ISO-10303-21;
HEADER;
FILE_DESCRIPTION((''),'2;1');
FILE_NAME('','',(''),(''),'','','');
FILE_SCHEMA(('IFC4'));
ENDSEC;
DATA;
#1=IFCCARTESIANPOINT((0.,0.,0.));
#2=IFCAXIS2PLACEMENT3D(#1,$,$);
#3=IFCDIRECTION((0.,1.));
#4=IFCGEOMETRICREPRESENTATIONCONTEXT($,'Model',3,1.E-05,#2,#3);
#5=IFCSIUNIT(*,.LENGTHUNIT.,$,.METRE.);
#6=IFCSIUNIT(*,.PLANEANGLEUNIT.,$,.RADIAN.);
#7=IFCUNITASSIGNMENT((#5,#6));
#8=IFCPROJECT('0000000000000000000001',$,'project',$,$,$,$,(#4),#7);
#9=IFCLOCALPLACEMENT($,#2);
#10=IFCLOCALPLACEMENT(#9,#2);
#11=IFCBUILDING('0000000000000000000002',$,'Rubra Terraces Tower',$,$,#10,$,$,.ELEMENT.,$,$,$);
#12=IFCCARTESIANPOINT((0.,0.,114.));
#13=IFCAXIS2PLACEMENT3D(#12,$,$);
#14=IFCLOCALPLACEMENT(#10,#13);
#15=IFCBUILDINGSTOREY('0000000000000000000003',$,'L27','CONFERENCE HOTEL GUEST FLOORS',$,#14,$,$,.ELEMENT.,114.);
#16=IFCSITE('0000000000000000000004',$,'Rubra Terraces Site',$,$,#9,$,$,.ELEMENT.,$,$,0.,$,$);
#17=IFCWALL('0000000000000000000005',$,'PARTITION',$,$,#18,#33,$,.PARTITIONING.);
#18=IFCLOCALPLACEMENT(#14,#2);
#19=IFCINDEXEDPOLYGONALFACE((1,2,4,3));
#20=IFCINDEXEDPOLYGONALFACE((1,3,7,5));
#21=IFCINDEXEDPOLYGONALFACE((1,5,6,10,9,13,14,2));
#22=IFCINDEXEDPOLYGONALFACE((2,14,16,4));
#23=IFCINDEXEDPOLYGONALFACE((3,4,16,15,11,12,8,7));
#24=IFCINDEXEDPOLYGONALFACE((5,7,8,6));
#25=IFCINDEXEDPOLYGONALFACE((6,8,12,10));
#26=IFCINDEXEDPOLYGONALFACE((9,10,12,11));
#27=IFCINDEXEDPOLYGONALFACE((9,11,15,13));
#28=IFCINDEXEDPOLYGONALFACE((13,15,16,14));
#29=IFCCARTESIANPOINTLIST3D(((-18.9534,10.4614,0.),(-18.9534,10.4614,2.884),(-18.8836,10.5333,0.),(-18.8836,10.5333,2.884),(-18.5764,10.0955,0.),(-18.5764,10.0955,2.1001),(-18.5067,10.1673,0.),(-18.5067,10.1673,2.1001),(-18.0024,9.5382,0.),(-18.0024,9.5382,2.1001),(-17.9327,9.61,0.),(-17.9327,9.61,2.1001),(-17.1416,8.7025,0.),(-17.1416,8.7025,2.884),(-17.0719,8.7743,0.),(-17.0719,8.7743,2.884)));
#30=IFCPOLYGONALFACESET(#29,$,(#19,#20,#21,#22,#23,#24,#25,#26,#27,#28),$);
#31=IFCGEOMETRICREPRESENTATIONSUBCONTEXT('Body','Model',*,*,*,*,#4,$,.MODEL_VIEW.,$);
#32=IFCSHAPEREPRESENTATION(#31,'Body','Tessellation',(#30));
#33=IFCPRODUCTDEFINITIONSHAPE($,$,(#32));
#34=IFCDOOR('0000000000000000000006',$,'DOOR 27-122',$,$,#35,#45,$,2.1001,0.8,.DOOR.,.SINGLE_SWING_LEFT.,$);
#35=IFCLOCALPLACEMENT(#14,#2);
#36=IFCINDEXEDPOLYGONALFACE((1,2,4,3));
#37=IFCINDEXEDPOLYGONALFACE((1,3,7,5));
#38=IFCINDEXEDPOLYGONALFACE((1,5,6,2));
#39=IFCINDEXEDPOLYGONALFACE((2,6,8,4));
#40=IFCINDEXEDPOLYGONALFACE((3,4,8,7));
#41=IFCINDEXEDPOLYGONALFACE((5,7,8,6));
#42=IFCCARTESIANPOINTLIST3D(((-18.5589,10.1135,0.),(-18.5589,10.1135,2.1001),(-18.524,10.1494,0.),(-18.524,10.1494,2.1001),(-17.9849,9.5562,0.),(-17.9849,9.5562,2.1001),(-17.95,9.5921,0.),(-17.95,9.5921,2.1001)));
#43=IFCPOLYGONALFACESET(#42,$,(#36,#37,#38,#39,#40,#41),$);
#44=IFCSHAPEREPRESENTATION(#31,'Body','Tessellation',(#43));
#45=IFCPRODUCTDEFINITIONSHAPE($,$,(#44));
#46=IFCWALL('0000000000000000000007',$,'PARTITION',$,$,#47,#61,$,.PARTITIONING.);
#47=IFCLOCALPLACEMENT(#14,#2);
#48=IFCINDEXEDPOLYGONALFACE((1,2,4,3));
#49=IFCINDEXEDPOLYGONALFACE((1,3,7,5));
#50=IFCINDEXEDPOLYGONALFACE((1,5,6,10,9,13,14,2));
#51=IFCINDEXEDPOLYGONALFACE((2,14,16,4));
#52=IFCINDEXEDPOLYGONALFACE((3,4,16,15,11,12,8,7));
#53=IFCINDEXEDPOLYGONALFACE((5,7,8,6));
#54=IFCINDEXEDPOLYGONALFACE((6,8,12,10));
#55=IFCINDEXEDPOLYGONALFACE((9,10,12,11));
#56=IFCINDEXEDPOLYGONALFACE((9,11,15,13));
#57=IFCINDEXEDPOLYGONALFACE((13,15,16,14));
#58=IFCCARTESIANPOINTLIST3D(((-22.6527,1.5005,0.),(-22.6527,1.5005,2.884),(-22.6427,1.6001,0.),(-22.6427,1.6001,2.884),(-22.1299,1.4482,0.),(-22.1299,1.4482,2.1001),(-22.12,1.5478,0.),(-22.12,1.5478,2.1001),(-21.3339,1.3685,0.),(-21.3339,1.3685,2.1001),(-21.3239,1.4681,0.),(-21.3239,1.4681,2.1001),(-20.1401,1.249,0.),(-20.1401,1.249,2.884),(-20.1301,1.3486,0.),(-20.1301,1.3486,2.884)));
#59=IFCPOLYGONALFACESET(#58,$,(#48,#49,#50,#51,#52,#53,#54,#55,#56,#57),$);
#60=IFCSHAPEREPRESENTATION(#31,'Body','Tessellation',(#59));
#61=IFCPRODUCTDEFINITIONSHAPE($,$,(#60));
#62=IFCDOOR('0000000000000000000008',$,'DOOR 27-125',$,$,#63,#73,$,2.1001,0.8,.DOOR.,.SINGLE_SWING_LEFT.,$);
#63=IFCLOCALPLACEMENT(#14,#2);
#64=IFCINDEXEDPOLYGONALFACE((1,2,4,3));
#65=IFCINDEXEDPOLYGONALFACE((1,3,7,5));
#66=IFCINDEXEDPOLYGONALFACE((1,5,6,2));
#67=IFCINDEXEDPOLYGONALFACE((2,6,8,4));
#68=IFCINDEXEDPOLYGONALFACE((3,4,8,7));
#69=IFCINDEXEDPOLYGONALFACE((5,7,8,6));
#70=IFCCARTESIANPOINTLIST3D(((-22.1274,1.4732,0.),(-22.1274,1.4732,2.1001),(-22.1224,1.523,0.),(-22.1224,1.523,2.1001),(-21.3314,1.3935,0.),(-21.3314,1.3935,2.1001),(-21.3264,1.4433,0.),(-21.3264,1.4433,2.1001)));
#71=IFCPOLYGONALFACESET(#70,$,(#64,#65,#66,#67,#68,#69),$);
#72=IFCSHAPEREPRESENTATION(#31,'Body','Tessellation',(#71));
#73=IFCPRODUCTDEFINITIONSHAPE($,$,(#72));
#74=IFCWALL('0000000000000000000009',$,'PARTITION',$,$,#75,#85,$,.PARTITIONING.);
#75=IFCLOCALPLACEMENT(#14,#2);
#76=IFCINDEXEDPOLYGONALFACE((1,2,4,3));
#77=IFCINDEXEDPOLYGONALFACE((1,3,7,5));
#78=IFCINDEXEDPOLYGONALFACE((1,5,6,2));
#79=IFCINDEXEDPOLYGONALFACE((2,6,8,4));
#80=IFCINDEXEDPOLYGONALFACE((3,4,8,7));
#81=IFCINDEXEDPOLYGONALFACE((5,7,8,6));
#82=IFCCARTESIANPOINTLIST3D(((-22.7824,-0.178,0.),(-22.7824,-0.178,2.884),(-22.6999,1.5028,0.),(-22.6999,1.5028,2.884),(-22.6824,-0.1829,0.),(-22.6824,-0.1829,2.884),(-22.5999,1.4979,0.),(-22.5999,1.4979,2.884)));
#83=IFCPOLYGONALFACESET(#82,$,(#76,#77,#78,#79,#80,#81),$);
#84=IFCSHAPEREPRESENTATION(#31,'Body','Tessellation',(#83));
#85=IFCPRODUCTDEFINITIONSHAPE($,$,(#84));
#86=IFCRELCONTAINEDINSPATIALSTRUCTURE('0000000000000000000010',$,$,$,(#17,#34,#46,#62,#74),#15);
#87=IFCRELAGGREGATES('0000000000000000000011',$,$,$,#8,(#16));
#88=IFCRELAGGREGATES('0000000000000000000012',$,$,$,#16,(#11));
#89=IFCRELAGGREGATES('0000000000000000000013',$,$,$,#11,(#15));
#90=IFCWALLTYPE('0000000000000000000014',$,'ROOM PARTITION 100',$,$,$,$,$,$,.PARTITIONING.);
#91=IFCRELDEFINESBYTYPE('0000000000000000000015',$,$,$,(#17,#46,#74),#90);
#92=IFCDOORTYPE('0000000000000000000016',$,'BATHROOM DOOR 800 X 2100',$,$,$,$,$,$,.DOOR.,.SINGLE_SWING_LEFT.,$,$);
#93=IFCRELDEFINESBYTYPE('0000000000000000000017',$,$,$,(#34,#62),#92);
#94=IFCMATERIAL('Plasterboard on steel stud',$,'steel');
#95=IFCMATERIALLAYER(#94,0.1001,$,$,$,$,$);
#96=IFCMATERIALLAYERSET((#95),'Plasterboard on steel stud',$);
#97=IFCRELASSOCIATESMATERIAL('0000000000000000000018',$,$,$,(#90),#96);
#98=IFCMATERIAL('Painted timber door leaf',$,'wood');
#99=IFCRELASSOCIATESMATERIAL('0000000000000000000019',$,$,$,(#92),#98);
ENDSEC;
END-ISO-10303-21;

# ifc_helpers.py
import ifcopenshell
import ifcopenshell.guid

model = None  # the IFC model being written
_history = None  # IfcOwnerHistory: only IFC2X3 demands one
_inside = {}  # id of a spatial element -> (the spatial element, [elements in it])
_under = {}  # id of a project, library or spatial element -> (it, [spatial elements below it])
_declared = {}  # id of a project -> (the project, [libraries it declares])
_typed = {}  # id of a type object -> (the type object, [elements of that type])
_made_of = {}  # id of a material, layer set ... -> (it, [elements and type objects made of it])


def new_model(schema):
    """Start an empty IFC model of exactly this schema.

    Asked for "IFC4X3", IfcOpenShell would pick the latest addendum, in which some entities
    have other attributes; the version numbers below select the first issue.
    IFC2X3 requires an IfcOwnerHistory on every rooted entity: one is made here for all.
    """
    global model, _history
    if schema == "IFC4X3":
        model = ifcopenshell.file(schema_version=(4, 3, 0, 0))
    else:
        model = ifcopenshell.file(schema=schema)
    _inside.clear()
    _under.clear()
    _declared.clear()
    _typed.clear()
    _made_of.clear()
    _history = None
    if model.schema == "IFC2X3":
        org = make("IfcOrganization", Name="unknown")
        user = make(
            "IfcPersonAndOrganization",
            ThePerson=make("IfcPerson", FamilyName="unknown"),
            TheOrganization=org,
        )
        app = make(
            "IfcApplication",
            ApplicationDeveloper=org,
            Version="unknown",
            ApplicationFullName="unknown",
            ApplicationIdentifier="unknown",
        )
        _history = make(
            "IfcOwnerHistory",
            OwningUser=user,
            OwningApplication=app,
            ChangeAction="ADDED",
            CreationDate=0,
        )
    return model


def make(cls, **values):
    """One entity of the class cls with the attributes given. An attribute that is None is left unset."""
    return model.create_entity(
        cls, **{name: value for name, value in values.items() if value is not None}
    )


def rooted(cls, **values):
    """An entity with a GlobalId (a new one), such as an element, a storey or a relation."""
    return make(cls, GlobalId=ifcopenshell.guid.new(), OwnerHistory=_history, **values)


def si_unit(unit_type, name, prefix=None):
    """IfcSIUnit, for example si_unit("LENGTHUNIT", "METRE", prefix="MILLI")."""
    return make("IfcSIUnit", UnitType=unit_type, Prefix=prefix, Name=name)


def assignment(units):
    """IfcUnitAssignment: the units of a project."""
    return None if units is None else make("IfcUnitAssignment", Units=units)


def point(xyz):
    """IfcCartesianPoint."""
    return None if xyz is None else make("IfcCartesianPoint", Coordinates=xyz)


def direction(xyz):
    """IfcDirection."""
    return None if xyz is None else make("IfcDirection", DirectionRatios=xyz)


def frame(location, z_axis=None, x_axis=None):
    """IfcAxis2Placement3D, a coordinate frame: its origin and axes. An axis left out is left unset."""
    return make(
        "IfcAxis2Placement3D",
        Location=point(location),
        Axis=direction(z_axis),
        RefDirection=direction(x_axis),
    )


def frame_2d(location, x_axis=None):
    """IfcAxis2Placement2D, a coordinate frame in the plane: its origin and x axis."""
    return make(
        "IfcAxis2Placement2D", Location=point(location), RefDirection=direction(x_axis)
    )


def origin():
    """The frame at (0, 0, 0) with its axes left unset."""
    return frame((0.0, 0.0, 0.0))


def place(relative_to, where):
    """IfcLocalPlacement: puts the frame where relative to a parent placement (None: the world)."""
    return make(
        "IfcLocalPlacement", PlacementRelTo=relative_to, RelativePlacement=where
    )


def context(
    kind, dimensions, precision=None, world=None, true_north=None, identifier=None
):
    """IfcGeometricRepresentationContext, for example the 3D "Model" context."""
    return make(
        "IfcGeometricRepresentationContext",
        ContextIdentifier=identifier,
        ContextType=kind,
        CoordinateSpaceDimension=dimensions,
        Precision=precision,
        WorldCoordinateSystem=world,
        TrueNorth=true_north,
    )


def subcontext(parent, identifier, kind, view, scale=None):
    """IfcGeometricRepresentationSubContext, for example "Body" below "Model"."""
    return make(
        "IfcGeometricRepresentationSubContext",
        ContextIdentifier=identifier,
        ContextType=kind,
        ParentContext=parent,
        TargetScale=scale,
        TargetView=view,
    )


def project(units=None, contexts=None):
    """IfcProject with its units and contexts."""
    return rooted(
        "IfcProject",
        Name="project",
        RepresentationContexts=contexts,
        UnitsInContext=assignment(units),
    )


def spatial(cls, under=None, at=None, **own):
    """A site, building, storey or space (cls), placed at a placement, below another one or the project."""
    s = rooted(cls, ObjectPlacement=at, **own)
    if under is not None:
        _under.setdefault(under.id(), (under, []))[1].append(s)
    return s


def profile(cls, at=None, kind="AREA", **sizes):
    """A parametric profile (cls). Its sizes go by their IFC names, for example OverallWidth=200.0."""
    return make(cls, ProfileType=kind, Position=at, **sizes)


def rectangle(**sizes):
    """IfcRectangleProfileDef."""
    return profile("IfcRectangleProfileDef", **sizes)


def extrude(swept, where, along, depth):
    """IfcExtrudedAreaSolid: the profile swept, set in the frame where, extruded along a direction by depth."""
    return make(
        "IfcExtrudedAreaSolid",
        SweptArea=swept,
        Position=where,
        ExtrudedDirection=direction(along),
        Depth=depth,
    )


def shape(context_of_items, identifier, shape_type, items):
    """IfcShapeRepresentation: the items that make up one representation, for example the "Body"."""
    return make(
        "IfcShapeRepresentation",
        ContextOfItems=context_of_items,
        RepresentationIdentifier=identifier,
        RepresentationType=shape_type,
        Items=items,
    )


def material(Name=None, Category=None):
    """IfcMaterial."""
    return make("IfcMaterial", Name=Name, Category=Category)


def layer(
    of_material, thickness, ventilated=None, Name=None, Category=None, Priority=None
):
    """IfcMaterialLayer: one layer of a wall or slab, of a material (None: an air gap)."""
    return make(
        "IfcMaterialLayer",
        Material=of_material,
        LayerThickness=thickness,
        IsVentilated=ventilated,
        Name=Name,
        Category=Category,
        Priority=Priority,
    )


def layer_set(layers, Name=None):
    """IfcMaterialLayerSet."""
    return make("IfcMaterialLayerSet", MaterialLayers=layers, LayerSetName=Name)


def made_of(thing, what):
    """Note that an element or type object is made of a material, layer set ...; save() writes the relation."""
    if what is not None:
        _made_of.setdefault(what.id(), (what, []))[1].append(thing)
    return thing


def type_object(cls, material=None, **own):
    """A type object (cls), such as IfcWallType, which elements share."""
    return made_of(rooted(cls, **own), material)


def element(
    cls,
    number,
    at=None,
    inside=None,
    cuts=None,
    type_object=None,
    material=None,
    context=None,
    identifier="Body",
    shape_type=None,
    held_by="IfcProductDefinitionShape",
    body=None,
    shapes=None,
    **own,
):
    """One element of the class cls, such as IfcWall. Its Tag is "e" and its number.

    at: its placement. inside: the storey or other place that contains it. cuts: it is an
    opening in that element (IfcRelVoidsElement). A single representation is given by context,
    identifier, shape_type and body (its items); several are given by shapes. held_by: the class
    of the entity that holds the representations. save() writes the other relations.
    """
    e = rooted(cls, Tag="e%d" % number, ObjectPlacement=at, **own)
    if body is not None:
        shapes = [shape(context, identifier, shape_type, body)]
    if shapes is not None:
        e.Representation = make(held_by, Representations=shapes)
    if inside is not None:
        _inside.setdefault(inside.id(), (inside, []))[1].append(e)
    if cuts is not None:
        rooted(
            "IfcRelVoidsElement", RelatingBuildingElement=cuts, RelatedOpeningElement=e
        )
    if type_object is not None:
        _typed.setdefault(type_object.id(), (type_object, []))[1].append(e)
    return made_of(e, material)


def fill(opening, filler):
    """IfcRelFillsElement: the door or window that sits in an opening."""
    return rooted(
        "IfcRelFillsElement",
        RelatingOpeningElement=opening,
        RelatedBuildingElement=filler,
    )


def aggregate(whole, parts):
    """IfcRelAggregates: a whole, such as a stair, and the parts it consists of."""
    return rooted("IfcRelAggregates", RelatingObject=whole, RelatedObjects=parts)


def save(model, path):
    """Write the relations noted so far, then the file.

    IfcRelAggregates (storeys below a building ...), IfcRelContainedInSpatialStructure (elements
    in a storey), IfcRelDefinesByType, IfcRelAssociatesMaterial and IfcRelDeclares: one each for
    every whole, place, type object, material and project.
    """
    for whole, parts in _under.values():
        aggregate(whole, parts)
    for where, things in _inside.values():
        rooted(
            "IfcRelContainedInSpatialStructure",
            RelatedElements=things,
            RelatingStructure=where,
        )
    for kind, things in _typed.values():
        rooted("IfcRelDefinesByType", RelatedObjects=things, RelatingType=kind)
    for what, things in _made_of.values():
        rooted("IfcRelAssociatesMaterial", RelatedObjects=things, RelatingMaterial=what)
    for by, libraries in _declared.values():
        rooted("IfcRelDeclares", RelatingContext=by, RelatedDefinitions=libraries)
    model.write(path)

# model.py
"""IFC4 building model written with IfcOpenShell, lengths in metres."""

from ifc_helpers import new_model, si_unit, direction, frame, frame_2d, origin, place, context, subcontext, project, spatial, rectangle, extrude, material, layer, layer_set, type_object, element, fill, save


model = new_model("IFC4")

# Units and contexts
model_context = context("Model", 3, precision=1e-05, world=origin(), true_north=direction((0.0, 1.0)))
body_context = subcontext(model_context, "Body", "Model", "MODEL_VIEW")
ifc_project = project(units=[si_unit("LENGTHUNIT", "METRE"), si_unit("PLANEANGLEUNIT", "RADIAN")], contexts=[model_context])

# Site, building, storey
site_placement = place(None, origin())
site = spatial("IfcSite", under=ifc_project, at=site_placement, Name="Rubra Terraces Site", CompositionType="ELEMENT", RefElevation=0.0)
building_placement = place(site_placement, origin())
building = spatial("IfcBuilding", under=site, at=building_placement, Name="Rubra Terraces Tower", CompositionType="ELEMENT")
storey_placement = place(building_placement, frame((0.0, 0.0, 114.0)))
storey = spatial("IfcBuildingStorey", under=building, at=storey_placement, Name="L27", Description="CONFERENCE HOTEL GUEST FLOORS", CompositionType="ELEMENT", Elevation=114.0)

# Walls, openings, doors
ifc_material_1 = material(Name="Plasterboard on steel stud", Category="steel")
ifc_layer_1 = layer(ifc_material_1, 0.1001)
ifc_layer_set_1 = layer_set([ifc_layer_1], Name="Plasterboard on steel stud")
wall_type_1 = type_object("IfcWallType", Name="ROOM PARTITION 100", PredefinedType="PARTITIONING", material=ifc_layer_set_1)
wall_1_placement = place(storey_placement, frame((-17.1067, 8.7383, 0.0), z_axis=(0.0, 0.0, 1.0), x_axis=(-0.717471, 0.696588, 0.0)))
wall_1 = element("IfcWall", 1, at=wall_1_placement, inside=storey, type_object=wall_type_1, Name="PARTITION", PredefinedType="PARTITIONING", context=body_context, shape_type="SweptSolid", body=[
    extrude(rectangle(XDim=2.5251, YDim=0.1001, at=frame_2d((1.2627, 0.0))), origin(), (0.0, 0.0, 1.0), 2.884),
])
opening_1_placement = place(wall_1_placement, frame((1.2, 0.0, 0.0)))
opening_1 = element("IfcOpeningElement", 2, at=opening_1_placement, cuts=wall_1, PredefinedType="OPENING", context=body_context, shape_type="SweptSolid", body=[
    extrude(rectangle(XDim=0.8, YDim=2.1001, at=frame_2d((0.3999, 1.05))), frame((0.0, 0.0601, 0.0), z_axis=(0.0, -1.0, 0.0), x_axis=(1.0, 0.0, 0.0)), (0.0, 0.0, 1.0), 0.1201),
])
ifc_material_2 = material(Name="Painted timber door leaf", Category="wood")
door_type = type_object("IfcDoorType", Name="BATHROOM DOOR 800 X 2100", OperationType="SINGLE_SWING_LEFT", PredefinedType="DOOR", material=ifc_material_2)
door_1_placement = place(opening_1_placement, origin())
door_1 = element("IfcDoor", 3, at=door_1_placement, inside=storey, type_object=door_type, Name="DOOR 27-122", OperationType="SINGLE_SWING_LEFT", OverallHeight=2.1001, OverallWidth=0.8, PredefinedType="DOOR", context=body_context, shape_type="SweptSolid", body=[
    extrude(rectangle(XDim=0.8, YDim=2.1001, at=frame_2d((0.3999, 1.05))), frame((0.0, 0.0249, 0.0), z_axis=(0.0, -1.0, 0.0), x_axis=(1.0, 0.0, 0.0)), (0.0, 0.0, 1.0), 0.05),
])
fill(opening_1, door_1)
wall_2_placement = place(storey_placement, frame((-20.135, 1.2988, 0.0), z_axis=(0.0, 0.0, 1.0), x_axis=(-0.99503, 0.09958, 0.0)))
wall_2 = element("IfcWall", 4, at=wall_2_placement, inside=storey, type_object=wall_type_1, Name="PARTITION", PredefinedType="PARTITIONING", context=body_context, shape_type="SweptSolid", body=[
    extrude(rectangle(XDim=2.5251, YDim=0.1001, at=frame_2d((1.2627, 0.0))), origin(), (0.0, 0.0, 1.0), 2.884),
])
opening_2_placement = place(wall_2_placement, frame((1.2, 0.0, 0.0)))
opening_2 = element("IfcOpeningElement", 5, at=opening_2_placement, cuts=wall_2, PredefinedType="OPENING", context=body_context, shape_type="SweptSolid", body=[
    extrude(rectangle(XDim=0.8, YDim=2.1001, at=frame_2d((0.3999, 1.05))), frame((0.0, 0.0601, 0.0), z_axis=(0.0, -1.0, 0.0), x_axis=(1.0, 0.0, 0.0)), (0.0, 0.0, 1.0), 0.1201),
])
door_2_placement = place(opening_2_placement, origin())
door_2 = element("IfcDoor", 6, at=door_2_placement, inside=storey, type_object=door_type, Name="DOOR 27-125", OperationType="SINGLE_SWING_LEFT", OverallHeight=2.1001, OverallWidth=0.8, PredefinedType="DOOR", context=body_context, shape_type="SweptSolid", body=[
    extrude(rectangle(XDim=0.8, YDim=2.1001, at=frame_2d((0.3999, 1.05))), frame((0.0, 0.0249, 0.0), z_axis=(0.0, -1.0, 0.0), x_axis=(1.0, 0.0, 0.0)), (0.0, 0.0, 1.0), 0.05),
])
fill(opening_2, door_2)

# Wall
wall_3_placement = place(storey_placement, frame((-22.6499, 1.5002, 0.0), z_axis=(0.0, 0.0, 1.0), x_axis=(-0.049033, -0.998797, 0.0)))
element("IfcWall", 7, at=wall_3_placement, inside=storey, type_object=wall_type_1, Name="PARTITION", PredefinedType="PARTITIONING", context=body_context, shape_type="SweptSolid", body=[
    extrude(rectangle(XDim=1.6829, YDim=0.1001, at=frame_2d((0.8413, 0.0))), origin(), (0.0, 0.0, 1.0), 2.884),
])

save(model, "model.ifc")
